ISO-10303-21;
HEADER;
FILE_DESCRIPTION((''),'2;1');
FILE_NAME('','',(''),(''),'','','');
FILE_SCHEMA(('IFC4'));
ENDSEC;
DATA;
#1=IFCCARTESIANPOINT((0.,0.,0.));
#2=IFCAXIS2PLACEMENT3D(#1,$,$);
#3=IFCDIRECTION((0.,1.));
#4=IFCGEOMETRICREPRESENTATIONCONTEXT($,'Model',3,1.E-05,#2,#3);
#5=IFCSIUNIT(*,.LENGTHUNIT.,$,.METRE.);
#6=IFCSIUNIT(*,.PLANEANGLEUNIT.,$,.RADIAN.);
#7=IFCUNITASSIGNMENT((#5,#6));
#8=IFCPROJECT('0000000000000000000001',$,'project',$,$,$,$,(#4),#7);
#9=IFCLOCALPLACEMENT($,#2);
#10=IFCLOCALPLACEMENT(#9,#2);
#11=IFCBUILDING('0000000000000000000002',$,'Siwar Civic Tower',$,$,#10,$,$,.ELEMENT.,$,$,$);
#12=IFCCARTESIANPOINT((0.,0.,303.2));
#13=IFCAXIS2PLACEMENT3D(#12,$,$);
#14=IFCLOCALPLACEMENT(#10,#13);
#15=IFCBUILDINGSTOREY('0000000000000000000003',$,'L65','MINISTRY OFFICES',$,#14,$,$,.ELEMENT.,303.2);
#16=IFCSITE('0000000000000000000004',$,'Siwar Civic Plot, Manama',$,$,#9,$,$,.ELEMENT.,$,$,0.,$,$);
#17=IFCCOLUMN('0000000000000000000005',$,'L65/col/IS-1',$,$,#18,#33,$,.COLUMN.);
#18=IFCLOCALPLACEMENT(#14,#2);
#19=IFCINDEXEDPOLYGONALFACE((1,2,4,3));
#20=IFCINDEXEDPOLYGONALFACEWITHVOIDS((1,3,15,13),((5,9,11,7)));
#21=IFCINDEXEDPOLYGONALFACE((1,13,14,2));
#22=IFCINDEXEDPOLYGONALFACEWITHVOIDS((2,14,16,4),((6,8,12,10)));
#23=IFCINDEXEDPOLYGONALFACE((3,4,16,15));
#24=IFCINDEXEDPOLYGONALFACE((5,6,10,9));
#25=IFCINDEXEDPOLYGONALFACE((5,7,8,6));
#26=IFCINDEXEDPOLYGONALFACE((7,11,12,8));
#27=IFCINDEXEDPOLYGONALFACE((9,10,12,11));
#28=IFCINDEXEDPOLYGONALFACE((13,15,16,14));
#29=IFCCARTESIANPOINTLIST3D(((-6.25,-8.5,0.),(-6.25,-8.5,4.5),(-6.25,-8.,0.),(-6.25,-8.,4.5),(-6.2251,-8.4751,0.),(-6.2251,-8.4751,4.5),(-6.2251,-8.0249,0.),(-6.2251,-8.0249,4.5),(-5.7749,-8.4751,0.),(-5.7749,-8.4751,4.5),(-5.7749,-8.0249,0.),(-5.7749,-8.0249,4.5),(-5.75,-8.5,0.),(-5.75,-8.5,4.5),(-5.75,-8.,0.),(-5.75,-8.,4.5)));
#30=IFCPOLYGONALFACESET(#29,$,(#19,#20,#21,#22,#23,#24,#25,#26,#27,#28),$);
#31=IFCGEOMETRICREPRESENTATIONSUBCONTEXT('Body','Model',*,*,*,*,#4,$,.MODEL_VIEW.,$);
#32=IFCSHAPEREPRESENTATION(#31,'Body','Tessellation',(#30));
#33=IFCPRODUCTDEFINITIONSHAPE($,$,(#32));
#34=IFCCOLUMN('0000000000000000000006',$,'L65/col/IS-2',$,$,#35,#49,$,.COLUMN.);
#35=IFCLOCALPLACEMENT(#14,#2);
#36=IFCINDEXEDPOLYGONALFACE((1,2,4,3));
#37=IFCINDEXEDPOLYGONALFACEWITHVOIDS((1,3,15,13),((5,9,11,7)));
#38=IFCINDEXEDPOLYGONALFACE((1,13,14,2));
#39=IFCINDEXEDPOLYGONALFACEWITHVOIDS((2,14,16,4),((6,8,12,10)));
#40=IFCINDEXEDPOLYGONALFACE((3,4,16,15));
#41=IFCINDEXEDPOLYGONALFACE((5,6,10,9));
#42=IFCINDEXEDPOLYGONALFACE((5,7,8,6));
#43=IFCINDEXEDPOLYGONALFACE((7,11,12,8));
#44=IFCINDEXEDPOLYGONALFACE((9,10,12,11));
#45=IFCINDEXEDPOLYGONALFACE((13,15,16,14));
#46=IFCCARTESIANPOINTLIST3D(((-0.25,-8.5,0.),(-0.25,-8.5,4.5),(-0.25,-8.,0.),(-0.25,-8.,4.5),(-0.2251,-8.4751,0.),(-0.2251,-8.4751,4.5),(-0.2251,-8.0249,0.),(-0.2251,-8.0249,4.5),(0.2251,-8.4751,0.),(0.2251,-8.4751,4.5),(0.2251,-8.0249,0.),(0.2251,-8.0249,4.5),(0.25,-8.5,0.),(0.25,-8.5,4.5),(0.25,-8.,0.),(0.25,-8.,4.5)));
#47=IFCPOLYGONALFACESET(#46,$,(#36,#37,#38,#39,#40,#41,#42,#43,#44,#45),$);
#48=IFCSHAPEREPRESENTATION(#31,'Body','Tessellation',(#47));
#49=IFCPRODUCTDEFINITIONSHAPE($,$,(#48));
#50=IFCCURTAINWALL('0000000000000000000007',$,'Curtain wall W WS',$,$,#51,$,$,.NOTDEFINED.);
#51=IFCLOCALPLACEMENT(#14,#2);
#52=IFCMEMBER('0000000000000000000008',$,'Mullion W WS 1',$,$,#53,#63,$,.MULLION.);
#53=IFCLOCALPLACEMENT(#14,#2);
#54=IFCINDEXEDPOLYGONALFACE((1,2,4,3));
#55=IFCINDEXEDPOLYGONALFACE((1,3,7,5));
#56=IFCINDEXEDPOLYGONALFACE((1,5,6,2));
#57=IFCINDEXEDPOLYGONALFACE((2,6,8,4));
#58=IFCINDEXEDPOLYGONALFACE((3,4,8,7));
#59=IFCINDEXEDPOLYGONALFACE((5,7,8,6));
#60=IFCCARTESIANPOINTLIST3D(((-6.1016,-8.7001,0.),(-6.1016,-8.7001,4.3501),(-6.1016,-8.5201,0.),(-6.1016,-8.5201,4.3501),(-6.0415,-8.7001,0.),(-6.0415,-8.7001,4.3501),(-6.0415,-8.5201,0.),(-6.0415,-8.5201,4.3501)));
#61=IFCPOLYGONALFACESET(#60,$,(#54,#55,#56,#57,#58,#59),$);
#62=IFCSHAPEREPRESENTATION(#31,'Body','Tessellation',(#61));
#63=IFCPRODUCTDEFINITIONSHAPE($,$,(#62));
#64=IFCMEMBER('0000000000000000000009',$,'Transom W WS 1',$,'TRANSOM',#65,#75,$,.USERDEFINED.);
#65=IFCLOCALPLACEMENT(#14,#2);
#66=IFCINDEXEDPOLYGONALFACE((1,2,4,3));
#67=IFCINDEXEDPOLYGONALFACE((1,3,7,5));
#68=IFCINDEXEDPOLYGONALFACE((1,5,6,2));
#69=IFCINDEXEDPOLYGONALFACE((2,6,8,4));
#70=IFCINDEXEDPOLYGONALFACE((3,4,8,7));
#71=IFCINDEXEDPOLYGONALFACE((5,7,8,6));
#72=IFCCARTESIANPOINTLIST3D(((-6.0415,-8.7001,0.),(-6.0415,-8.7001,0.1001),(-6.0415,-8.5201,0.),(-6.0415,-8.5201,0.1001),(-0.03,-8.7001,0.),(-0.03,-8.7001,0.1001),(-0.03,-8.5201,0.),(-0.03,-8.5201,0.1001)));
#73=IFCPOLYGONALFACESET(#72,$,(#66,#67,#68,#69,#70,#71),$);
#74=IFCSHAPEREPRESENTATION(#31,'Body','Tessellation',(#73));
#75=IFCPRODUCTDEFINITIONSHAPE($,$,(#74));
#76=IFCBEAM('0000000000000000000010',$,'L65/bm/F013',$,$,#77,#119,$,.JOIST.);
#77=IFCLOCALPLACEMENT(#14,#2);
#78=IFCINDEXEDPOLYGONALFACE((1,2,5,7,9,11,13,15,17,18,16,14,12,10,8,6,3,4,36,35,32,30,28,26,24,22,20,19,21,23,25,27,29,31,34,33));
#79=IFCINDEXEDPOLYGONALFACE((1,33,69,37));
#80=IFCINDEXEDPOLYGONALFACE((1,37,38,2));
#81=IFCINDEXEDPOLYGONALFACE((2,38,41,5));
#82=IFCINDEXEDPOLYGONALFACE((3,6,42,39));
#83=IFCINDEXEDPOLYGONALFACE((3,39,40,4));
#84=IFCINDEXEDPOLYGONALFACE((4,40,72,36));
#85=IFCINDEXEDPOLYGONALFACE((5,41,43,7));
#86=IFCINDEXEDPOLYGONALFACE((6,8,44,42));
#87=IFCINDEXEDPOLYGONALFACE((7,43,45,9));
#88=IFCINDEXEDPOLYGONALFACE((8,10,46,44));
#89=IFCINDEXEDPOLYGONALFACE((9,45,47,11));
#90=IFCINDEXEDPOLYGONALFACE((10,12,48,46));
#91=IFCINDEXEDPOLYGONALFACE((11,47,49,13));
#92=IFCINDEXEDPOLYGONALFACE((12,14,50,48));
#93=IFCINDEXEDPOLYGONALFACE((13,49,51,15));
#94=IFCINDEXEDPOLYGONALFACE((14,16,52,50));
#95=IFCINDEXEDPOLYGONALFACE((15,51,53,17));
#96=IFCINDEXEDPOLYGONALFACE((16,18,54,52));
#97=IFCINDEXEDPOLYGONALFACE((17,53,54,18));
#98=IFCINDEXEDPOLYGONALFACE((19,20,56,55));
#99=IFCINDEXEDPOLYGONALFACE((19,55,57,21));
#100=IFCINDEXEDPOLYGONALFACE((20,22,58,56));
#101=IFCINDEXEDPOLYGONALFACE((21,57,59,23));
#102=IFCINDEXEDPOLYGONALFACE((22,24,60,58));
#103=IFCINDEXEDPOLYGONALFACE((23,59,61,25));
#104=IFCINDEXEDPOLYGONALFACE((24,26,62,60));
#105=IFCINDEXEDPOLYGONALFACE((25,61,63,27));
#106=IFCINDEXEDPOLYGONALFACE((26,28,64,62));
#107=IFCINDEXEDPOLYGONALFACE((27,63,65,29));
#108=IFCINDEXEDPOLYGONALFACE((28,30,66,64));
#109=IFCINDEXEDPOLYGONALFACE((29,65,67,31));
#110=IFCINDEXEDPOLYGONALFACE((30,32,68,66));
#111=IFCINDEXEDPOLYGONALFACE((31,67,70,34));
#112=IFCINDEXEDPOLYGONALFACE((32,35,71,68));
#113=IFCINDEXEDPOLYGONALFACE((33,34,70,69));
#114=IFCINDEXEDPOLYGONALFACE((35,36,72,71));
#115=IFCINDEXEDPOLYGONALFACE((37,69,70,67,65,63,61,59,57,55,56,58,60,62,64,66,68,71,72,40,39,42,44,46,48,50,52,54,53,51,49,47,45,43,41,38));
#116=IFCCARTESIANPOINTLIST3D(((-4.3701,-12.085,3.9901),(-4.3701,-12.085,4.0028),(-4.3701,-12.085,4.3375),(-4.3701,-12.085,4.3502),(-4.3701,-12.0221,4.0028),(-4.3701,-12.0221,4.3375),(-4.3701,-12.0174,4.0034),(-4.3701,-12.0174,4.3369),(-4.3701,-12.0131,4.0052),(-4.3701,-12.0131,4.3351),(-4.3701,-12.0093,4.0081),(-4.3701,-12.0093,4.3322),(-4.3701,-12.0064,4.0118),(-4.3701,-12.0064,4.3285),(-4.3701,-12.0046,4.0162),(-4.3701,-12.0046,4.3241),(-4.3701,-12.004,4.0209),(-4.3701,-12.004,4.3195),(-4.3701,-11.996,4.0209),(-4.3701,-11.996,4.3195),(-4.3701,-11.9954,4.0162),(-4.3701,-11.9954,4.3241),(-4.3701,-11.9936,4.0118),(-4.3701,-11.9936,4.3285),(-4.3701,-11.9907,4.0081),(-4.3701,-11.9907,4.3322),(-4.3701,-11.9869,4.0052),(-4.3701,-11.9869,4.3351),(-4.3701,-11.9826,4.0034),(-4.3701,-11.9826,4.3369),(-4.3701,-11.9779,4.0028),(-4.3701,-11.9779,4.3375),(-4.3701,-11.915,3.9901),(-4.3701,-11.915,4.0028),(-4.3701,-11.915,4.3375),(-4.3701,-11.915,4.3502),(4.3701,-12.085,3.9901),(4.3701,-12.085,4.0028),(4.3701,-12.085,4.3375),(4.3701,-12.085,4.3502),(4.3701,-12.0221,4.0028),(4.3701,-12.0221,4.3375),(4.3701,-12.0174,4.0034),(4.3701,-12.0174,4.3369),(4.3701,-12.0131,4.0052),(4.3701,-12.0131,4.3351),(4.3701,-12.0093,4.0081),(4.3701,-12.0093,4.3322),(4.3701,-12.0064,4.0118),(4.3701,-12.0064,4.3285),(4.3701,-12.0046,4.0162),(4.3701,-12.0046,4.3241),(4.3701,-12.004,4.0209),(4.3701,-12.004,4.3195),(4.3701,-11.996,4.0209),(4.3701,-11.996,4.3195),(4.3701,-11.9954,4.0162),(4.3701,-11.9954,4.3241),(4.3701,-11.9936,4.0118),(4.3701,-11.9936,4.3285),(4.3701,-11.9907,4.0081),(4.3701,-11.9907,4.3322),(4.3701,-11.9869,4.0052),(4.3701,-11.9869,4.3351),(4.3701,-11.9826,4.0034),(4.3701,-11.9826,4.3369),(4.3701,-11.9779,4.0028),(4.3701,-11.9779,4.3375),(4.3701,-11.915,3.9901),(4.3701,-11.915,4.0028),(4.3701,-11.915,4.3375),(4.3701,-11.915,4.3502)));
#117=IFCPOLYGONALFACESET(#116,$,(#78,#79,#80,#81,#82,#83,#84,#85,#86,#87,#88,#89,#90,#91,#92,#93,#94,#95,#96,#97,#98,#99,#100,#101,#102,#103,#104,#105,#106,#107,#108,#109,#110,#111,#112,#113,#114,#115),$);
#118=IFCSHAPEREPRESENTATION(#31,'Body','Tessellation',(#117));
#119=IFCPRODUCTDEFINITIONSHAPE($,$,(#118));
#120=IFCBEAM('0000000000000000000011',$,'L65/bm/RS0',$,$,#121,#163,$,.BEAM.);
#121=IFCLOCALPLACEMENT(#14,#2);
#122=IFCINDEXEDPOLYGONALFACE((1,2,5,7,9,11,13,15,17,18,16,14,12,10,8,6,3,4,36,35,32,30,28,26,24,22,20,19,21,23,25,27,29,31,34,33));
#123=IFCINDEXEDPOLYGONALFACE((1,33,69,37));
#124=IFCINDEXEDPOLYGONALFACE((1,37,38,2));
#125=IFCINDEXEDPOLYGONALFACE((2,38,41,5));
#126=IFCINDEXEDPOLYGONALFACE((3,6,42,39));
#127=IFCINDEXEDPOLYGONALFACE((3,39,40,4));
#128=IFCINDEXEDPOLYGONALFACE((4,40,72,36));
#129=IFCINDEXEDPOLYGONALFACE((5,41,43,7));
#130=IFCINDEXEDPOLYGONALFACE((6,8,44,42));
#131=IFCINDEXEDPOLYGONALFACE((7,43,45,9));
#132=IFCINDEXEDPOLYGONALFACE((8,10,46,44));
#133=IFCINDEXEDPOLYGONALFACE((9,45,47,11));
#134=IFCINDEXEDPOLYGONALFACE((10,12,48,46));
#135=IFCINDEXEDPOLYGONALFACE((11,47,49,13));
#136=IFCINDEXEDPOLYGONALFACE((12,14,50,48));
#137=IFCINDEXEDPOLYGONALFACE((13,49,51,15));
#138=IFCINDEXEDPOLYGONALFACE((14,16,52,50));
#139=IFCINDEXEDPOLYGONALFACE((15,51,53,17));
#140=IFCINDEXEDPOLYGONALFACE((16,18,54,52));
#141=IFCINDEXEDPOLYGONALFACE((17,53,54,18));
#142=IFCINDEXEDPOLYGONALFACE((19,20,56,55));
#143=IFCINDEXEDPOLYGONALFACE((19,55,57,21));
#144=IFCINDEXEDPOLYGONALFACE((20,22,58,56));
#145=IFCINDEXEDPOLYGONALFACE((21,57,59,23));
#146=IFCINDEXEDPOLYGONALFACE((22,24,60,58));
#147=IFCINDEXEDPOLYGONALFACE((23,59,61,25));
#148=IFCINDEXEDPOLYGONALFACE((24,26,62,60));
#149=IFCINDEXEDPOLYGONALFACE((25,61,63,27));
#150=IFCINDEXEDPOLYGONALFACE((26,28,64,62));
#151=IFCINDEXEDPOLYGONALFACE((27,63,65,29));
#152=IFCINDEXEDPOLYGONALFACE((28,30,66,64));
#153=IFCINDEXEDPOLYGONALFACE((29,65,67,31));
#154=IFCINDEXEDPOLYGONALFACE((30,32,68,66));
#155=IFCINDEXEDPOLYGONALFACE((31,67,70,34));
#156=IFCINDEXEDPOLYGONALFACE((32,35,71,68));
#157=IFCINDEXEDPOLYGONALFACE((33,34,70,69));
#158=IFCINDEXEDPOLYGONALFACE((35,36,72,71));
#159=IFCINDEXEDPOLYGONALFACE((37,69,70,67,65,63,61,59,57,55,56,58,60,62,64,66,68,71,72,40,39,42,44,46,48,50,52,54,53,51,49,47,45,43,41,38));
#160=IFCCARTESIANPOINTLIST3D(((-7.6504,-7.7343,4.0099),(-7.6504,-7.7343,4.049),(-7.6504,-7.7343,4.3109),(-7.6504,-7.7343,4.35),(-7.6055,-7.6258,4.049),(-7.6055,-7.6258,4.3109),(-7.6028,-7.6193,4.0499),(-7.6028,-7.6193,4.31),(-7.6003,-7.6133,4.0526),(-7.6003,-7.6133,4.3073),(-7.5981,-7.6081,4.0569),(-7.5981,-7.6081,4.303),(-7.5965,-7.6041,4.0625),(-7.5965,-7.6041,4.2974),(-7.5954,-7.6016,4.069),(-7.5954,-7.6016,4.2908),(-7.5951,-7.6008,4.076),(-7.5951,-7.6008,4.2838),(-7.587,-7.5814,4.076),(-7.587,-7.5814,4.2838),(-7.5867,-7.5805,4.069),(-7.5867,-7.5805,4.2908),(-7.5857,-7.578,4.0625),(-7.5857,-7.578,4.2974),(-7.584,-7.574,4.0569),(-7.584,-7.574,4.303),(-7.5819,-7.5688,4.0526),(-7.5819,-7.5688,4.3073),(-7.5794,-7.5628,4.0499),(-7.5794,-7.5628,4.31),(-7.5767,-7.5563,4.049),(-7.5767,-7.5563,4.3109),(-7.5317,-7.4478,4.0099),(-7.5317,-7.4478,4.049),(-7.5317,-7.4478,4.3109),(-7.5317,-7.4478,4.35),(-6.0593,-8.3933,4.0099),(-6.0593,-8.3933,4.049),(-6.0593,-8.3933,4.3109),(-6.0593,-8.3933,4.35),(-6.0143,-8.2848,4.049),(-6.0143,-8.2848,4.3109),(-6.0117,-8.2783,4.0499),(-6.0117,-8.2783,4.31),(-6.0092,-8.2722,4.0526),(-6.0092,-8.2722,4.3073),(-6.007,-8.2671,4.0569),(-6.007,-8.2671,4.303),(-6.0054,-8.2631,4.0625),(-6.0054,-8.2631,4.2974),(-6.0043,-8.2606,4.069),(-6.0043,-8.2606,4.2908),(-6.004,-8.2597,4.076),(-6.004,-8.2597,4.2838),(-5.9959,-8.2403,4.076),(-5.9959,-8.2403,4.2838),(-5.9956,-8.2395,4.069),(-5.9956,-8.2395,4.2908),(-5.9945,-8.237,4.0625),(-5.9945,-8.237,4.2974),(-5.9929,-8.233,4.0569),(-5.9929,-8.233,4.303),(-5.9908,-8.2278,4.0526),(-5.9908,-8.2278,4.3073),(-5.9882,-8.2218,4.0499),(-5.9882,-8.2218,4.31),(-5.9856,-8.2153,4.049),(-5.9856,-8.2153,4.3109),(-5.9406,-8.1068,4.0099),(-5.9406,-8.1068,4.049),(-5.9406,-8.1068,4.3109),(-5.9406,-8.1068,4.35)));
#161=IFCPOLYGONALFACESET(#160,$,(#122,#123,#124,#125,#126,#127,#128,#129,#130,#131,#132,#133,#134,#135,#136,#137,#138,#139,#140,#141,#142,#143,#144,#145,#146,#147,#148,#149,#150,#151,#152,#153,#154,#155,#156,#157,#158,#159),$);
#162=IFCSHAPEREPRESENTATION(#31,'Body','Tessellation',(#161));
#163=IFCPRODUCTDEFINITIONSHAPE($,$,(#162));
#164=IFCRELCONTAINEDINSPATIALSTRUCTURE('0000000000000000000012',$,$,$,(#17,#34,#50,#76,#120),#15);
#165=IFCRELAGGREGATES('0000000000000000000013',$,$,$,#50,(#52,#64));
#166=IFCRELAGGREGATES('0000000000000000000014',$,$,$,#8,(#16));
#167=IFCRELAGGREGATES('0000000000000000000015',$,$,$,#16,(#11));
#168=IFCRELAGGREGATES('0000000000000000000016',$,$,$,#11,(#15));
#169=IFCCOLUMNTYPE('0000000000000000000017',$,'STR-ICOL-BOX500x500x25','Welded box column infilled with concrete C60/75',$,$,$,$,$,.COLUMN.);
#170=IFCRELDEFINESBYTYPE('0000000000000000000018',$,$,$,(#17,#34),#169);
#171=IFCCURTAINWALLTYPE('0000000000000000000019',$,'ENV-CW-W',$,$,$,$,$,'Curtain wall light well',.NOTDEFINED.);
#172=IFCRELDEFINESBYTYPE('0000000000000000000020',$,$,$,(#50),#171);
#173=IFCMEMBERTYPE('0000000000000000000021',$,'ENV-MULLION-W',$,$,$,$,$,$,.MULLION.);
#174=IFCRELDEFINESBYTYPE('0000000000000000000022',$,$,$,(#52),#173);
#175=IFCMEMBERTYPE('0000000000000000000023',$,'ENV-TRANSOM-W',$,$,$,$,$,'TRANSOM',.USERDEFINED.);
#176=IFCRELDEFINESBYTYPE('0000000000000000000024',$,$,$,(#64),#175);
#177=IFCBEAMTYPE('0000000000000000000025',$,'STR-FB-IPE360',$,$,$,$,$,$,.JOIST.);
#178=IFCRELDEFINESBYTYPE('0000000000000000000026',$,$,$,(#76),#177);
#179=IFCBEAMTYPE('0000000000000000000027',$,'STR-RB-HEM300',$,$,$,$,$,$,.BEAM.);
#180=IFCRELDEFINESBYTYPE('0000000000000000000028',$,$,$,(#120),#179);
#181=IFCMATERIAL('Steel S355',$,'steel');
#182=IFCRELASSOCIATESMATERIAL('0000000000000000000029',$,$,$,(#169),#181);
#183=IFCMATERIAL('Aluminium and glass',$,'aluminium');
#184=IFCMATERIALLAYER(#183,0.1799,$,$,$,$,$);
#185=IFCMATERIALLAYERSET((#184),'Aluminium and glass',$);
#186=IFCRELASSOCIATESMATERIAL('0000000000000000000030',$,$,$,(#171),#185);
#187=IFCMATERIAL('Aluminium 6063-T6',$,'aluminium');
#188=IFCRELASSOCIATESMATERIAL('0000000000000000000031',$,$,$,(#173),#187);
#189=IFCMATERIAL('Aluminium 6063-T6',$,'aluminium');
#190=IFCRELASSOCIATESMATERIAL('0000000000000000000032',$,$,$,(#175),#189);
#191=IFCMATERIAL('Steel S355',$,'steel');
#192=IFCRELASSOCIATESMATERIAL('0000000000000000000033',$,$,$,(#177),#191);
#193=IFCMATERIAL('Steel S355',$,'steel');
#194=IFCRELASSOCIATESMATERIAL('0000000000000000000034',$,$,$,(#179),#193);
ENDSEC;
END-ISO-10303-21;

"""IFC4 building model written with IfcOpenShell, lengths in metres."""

from ifc_helpers import new_model, si_unit, direction, frame, origin, origin_2d, place, context, subcontext, project, spatial, rectangle, hollow_rectangle, i_section, extrude, material, layer, layer_set, material_profile, profile_set, type_object, element, aggregate, save


model = new_model("IFC4")

# Units and contexts
model_context = context("Model", 3, precision=1e-05, world=origin(), true_north=direction((0.0, 1.0)))
body_context = subcontext(model_context, "Body", "Model", "MODEL_VIEW")
ifc_project = project(units=[si_unit("LENGTHUNIT", "METRE"), si_unit("PLANEANGLEUNIT", "RADIAN")], contexts=[model_context])

# Site, building, storey
site_placement = place(None, origin())
site = spatial("IfcSite", under=ifc_project, at=site_placement, Name="Siwar Civic Plot, Manama", CompositionType="ELEMENT", RefElevation=0.0)
building_placement = place(site_placement, origin())
building = spatial("IfcBuilding", under=site, at=building_placement, Name="Siwar Civic Tower", CompositionType="ELEMENT")
storey_placement = place(building_placement, frame((0.0, 0.0, 303.2)))
storey = spatial("IfcBuildingStorey", under=building, at=storey_placement, Name="L65", Description="MINISTRY OFFICES", CompositionType="ELEMENT", Elevation=303.2)

# Columns
ifc_material_1 = material(Name="Steel S355", Category="steel")
ifc_material_profile_1 = material_profile(ifc_material_1, hollow_rectangle(XDim=0.5, YDim=0.5, WallThickness=0.0249, at=origin_2d()), Name="BOX500x500x25")
ifc_profile_set_1 = profile_set([ifc_material_profile_1], Name="Steel S355")
column_type = type_object("IfcColumnType", Name="STR-ICOL-BOX500x500x25", Description="Welded box column infilled with concrete C60/75", PredefinedType="COLUMN", material=ifc_profile_set_1)
for number, where, z_axis, x_axis, name in (
    (1, (-6.0, -8.25, 0.0), (0.0, 0.0, 1.0), (1.0, 0.0, 0.0), "L65/col/IS-1"),
    (2, (0.0, -8.25, 0.0), (0.0, 0.0, 1.0), (1.0, 0.0, 0.0), "L65/col/IS-2"),
):
    element("IfcColumn", number, at=place(storey_placement, frame(where, z_axis=z_axis, x_axis=x_axis)), inside=storey, type_object=column_type, Name=name, PredefinedType="COLUMN", context=body_context, shape_type="SweptSolid", body=[
        extrude(hollow_rectangle(XDim=0.5, YDim=0.5, WallThickness=0.0249, at=origin_2d()), origin(), (0.0, 0.0, 1.0), 4.5),
    ])

# Curtain wall, members
ifc_material_2 = material(Name="Aluminium and glass", Category="aluminium")
ifc_layer_1 = layer(ifc_material_2, 0.1799)
ifc_layer_set_1 = layer_set([ifc_layer_1], Name="Aluminium and glass")
curtain_wall_type = type_object("IfcCurtainWallType", Name="ENV-CW-W", ElementType="Curtain wall light well", PredefinedType="NOTDEFINED", material=ifc_layer_set_1)
curtain_wall_placement = place(storey_placement, origin())
curtain_wall = element("IfcCurtainWall", 3, at=curtain_wall_placement, inside=storey, type_object=curtain_wall_type, Name="Curtain wall W WS", PredefinedType="NOTDEFINED")
ifc_material_3 = material(Name="Aluminium 6063-T6", Category="aluminium")
ifc_material_profile_2 = material_profile(ifc_material_3, rectangle(XDim=0.1799, YDim=0.0601, at=origin_2d()), Name="AL 180x60")
ifc_profile_set_2 = profile_set([ifc_material_profile_2], Name="Aluminium 6063-T6")
member_type_1 = type_object("IfcMemberType", Name="ENV-MULLION-W", PredefinedType="MULLION", material=ifc_profile_set_2)
member_1_placement = place(storey_placement, frame((-6.0715, -8.6101, 0.0), z_axis=(0.0, 0.0, 1.0), x_axis=(0.0, 1.0, 0.0)))
member_1 = element("IfcMember", 4, at=member_1_placement, type_object=member_type_1, Name="Mullion W WS 1", PredefinedType="MULLION", context=body_context, shape_type="SweptSolid", body=[
    extrude(rectangle(XDim=0.1799, YDim=0.0601, at=origin_2d()), origin(), (0.0, 0.0, 1.0), 4.3501),
])
ifc_material_4 = material(Name="Aluminium 6063-T6", Category="aluminium")
ifc_material_profile_3 = material_profile(ifc_material_4, rectangle(XDim=0.1799, YDim=0.1001, at=origin_2d()), Name="AL 180x100")
ifc_profile_set_3 = profile_set([ifc_material_profile_3], Name="Aluminium 6063-T6")
member_type_2 = type_object("IfcMemberType", Name="ENV-TRANSOM-W", ElementType="TRANSOM", PredefinedType="USERDEFINED", material=ifc_profile_set_3)
member_2_placement = place(storey_placement, frame((-6.0415, -8.6101, 0.05), z_axis=(1.0, 0.0, 0.0), x_axis=(0.0, 1.0, 0.0)))
member_2 = element("IfcMember", 5, at=member_2_placement, type_object=member_type_2, Name="Transom W WS 1", ObjectType="TRANSOM", PredefinedType="USERDEFINED", context=body_context, shape_type="SweptSolid", body=[
    extrude(rectangle(XDim=0.1799, YDim=0.1001, at=origin_2d()), origin(), (0.0, 0.0, 1.0), 6.0115),
])

# Beams
ifc_material_5 = material(Name="Steel S355", Category="steel")
ifc_material_profile_4 = material_profile(ifc_material_5, i_section(OverallWidth=0.1699, OverallDepth=0.3601, WebThickness=0.0081, FlangeThickness=0.0127, FilletRadius=0.0181, at=origin_2d()), Name="IPE360")
ifc_profile_set_4 = profile_set([ifc_material_profile_4], Name="Steel S355")
beam_type_1 = type_object("IfcBeamType", Name="STR-FB-IPE360", PredefinedType="JOIST", material=ifc_profile_set_4)
beam_1_placement = place(storey_placement, frame((-4.3701, -12.0, 4.1702), z_axis=(1.0, 0.0, 0.0), x_axis=(0.0, 1.0, 0.0)))
element("IfcBeam", 6, at=beam_1_placement, inside=storey, type_object=beam_type_1, Name="L65/bm/F013", PredefinedType="JOIST", context=body_context, shape_type="SweptSolid", body=[
    extrude(i_section(OverallWidth=0.1699, OverallDepth=0.3601, WebThickness=0.0081, FlangeThickness=0.0127, FilletRadius=0.0181, at=origin_2d()), origin(), (0.0, 0.0, 1.0), 8.7402),
])
ifc_material_6 = material(Name="Steel S355", Category="steel")
ifc_material_profile_5 = material_profile(ifc_material_6, i_section(OverallWidth=0.3101, OverallDepth=0.3401, WebThickness=0.021, FlangeThickness=0.0391, FilletRadius=0.0271, at=origin_2d()), Name="HEM300")
ifc_profile_set_5 = profile_set([ifc_material_profile_5], Name="Steel S355")
beam_type_2 = type_object("IfcBeamType", Name="STR-RB-HEM300", PredefinedType="BEAM", material=ifc_profile_set_5)
beam_2_placement = place(storey_placement, frame((-7.5911, -7.5911, 4.1799), z_axis=(0.923901, -0.382631, 0.0), x_axis=(0.382631, 0.923901, 0.0)))
element("IfcBeam", 7, at=beam_2_placement, inside=storey, type_object=beam_type_2, Name="L65/bm/RS0", PredefinedType="BEAM", context=body_context, shape_type="SweptSolid", body=[
    extrude(i_section(OverallWidth=0.3101, OverallDepth=0.3401, WebThickness=0.021, FlangeThickness=0.0391, FilletRadius=0.0271, at=origin_2d()), origin(), (0.0, 0.0, 1.0), 1.7222),
])

aggregate(curtain_wall, [member_1, member_2])

save(model, "model.ifc")
